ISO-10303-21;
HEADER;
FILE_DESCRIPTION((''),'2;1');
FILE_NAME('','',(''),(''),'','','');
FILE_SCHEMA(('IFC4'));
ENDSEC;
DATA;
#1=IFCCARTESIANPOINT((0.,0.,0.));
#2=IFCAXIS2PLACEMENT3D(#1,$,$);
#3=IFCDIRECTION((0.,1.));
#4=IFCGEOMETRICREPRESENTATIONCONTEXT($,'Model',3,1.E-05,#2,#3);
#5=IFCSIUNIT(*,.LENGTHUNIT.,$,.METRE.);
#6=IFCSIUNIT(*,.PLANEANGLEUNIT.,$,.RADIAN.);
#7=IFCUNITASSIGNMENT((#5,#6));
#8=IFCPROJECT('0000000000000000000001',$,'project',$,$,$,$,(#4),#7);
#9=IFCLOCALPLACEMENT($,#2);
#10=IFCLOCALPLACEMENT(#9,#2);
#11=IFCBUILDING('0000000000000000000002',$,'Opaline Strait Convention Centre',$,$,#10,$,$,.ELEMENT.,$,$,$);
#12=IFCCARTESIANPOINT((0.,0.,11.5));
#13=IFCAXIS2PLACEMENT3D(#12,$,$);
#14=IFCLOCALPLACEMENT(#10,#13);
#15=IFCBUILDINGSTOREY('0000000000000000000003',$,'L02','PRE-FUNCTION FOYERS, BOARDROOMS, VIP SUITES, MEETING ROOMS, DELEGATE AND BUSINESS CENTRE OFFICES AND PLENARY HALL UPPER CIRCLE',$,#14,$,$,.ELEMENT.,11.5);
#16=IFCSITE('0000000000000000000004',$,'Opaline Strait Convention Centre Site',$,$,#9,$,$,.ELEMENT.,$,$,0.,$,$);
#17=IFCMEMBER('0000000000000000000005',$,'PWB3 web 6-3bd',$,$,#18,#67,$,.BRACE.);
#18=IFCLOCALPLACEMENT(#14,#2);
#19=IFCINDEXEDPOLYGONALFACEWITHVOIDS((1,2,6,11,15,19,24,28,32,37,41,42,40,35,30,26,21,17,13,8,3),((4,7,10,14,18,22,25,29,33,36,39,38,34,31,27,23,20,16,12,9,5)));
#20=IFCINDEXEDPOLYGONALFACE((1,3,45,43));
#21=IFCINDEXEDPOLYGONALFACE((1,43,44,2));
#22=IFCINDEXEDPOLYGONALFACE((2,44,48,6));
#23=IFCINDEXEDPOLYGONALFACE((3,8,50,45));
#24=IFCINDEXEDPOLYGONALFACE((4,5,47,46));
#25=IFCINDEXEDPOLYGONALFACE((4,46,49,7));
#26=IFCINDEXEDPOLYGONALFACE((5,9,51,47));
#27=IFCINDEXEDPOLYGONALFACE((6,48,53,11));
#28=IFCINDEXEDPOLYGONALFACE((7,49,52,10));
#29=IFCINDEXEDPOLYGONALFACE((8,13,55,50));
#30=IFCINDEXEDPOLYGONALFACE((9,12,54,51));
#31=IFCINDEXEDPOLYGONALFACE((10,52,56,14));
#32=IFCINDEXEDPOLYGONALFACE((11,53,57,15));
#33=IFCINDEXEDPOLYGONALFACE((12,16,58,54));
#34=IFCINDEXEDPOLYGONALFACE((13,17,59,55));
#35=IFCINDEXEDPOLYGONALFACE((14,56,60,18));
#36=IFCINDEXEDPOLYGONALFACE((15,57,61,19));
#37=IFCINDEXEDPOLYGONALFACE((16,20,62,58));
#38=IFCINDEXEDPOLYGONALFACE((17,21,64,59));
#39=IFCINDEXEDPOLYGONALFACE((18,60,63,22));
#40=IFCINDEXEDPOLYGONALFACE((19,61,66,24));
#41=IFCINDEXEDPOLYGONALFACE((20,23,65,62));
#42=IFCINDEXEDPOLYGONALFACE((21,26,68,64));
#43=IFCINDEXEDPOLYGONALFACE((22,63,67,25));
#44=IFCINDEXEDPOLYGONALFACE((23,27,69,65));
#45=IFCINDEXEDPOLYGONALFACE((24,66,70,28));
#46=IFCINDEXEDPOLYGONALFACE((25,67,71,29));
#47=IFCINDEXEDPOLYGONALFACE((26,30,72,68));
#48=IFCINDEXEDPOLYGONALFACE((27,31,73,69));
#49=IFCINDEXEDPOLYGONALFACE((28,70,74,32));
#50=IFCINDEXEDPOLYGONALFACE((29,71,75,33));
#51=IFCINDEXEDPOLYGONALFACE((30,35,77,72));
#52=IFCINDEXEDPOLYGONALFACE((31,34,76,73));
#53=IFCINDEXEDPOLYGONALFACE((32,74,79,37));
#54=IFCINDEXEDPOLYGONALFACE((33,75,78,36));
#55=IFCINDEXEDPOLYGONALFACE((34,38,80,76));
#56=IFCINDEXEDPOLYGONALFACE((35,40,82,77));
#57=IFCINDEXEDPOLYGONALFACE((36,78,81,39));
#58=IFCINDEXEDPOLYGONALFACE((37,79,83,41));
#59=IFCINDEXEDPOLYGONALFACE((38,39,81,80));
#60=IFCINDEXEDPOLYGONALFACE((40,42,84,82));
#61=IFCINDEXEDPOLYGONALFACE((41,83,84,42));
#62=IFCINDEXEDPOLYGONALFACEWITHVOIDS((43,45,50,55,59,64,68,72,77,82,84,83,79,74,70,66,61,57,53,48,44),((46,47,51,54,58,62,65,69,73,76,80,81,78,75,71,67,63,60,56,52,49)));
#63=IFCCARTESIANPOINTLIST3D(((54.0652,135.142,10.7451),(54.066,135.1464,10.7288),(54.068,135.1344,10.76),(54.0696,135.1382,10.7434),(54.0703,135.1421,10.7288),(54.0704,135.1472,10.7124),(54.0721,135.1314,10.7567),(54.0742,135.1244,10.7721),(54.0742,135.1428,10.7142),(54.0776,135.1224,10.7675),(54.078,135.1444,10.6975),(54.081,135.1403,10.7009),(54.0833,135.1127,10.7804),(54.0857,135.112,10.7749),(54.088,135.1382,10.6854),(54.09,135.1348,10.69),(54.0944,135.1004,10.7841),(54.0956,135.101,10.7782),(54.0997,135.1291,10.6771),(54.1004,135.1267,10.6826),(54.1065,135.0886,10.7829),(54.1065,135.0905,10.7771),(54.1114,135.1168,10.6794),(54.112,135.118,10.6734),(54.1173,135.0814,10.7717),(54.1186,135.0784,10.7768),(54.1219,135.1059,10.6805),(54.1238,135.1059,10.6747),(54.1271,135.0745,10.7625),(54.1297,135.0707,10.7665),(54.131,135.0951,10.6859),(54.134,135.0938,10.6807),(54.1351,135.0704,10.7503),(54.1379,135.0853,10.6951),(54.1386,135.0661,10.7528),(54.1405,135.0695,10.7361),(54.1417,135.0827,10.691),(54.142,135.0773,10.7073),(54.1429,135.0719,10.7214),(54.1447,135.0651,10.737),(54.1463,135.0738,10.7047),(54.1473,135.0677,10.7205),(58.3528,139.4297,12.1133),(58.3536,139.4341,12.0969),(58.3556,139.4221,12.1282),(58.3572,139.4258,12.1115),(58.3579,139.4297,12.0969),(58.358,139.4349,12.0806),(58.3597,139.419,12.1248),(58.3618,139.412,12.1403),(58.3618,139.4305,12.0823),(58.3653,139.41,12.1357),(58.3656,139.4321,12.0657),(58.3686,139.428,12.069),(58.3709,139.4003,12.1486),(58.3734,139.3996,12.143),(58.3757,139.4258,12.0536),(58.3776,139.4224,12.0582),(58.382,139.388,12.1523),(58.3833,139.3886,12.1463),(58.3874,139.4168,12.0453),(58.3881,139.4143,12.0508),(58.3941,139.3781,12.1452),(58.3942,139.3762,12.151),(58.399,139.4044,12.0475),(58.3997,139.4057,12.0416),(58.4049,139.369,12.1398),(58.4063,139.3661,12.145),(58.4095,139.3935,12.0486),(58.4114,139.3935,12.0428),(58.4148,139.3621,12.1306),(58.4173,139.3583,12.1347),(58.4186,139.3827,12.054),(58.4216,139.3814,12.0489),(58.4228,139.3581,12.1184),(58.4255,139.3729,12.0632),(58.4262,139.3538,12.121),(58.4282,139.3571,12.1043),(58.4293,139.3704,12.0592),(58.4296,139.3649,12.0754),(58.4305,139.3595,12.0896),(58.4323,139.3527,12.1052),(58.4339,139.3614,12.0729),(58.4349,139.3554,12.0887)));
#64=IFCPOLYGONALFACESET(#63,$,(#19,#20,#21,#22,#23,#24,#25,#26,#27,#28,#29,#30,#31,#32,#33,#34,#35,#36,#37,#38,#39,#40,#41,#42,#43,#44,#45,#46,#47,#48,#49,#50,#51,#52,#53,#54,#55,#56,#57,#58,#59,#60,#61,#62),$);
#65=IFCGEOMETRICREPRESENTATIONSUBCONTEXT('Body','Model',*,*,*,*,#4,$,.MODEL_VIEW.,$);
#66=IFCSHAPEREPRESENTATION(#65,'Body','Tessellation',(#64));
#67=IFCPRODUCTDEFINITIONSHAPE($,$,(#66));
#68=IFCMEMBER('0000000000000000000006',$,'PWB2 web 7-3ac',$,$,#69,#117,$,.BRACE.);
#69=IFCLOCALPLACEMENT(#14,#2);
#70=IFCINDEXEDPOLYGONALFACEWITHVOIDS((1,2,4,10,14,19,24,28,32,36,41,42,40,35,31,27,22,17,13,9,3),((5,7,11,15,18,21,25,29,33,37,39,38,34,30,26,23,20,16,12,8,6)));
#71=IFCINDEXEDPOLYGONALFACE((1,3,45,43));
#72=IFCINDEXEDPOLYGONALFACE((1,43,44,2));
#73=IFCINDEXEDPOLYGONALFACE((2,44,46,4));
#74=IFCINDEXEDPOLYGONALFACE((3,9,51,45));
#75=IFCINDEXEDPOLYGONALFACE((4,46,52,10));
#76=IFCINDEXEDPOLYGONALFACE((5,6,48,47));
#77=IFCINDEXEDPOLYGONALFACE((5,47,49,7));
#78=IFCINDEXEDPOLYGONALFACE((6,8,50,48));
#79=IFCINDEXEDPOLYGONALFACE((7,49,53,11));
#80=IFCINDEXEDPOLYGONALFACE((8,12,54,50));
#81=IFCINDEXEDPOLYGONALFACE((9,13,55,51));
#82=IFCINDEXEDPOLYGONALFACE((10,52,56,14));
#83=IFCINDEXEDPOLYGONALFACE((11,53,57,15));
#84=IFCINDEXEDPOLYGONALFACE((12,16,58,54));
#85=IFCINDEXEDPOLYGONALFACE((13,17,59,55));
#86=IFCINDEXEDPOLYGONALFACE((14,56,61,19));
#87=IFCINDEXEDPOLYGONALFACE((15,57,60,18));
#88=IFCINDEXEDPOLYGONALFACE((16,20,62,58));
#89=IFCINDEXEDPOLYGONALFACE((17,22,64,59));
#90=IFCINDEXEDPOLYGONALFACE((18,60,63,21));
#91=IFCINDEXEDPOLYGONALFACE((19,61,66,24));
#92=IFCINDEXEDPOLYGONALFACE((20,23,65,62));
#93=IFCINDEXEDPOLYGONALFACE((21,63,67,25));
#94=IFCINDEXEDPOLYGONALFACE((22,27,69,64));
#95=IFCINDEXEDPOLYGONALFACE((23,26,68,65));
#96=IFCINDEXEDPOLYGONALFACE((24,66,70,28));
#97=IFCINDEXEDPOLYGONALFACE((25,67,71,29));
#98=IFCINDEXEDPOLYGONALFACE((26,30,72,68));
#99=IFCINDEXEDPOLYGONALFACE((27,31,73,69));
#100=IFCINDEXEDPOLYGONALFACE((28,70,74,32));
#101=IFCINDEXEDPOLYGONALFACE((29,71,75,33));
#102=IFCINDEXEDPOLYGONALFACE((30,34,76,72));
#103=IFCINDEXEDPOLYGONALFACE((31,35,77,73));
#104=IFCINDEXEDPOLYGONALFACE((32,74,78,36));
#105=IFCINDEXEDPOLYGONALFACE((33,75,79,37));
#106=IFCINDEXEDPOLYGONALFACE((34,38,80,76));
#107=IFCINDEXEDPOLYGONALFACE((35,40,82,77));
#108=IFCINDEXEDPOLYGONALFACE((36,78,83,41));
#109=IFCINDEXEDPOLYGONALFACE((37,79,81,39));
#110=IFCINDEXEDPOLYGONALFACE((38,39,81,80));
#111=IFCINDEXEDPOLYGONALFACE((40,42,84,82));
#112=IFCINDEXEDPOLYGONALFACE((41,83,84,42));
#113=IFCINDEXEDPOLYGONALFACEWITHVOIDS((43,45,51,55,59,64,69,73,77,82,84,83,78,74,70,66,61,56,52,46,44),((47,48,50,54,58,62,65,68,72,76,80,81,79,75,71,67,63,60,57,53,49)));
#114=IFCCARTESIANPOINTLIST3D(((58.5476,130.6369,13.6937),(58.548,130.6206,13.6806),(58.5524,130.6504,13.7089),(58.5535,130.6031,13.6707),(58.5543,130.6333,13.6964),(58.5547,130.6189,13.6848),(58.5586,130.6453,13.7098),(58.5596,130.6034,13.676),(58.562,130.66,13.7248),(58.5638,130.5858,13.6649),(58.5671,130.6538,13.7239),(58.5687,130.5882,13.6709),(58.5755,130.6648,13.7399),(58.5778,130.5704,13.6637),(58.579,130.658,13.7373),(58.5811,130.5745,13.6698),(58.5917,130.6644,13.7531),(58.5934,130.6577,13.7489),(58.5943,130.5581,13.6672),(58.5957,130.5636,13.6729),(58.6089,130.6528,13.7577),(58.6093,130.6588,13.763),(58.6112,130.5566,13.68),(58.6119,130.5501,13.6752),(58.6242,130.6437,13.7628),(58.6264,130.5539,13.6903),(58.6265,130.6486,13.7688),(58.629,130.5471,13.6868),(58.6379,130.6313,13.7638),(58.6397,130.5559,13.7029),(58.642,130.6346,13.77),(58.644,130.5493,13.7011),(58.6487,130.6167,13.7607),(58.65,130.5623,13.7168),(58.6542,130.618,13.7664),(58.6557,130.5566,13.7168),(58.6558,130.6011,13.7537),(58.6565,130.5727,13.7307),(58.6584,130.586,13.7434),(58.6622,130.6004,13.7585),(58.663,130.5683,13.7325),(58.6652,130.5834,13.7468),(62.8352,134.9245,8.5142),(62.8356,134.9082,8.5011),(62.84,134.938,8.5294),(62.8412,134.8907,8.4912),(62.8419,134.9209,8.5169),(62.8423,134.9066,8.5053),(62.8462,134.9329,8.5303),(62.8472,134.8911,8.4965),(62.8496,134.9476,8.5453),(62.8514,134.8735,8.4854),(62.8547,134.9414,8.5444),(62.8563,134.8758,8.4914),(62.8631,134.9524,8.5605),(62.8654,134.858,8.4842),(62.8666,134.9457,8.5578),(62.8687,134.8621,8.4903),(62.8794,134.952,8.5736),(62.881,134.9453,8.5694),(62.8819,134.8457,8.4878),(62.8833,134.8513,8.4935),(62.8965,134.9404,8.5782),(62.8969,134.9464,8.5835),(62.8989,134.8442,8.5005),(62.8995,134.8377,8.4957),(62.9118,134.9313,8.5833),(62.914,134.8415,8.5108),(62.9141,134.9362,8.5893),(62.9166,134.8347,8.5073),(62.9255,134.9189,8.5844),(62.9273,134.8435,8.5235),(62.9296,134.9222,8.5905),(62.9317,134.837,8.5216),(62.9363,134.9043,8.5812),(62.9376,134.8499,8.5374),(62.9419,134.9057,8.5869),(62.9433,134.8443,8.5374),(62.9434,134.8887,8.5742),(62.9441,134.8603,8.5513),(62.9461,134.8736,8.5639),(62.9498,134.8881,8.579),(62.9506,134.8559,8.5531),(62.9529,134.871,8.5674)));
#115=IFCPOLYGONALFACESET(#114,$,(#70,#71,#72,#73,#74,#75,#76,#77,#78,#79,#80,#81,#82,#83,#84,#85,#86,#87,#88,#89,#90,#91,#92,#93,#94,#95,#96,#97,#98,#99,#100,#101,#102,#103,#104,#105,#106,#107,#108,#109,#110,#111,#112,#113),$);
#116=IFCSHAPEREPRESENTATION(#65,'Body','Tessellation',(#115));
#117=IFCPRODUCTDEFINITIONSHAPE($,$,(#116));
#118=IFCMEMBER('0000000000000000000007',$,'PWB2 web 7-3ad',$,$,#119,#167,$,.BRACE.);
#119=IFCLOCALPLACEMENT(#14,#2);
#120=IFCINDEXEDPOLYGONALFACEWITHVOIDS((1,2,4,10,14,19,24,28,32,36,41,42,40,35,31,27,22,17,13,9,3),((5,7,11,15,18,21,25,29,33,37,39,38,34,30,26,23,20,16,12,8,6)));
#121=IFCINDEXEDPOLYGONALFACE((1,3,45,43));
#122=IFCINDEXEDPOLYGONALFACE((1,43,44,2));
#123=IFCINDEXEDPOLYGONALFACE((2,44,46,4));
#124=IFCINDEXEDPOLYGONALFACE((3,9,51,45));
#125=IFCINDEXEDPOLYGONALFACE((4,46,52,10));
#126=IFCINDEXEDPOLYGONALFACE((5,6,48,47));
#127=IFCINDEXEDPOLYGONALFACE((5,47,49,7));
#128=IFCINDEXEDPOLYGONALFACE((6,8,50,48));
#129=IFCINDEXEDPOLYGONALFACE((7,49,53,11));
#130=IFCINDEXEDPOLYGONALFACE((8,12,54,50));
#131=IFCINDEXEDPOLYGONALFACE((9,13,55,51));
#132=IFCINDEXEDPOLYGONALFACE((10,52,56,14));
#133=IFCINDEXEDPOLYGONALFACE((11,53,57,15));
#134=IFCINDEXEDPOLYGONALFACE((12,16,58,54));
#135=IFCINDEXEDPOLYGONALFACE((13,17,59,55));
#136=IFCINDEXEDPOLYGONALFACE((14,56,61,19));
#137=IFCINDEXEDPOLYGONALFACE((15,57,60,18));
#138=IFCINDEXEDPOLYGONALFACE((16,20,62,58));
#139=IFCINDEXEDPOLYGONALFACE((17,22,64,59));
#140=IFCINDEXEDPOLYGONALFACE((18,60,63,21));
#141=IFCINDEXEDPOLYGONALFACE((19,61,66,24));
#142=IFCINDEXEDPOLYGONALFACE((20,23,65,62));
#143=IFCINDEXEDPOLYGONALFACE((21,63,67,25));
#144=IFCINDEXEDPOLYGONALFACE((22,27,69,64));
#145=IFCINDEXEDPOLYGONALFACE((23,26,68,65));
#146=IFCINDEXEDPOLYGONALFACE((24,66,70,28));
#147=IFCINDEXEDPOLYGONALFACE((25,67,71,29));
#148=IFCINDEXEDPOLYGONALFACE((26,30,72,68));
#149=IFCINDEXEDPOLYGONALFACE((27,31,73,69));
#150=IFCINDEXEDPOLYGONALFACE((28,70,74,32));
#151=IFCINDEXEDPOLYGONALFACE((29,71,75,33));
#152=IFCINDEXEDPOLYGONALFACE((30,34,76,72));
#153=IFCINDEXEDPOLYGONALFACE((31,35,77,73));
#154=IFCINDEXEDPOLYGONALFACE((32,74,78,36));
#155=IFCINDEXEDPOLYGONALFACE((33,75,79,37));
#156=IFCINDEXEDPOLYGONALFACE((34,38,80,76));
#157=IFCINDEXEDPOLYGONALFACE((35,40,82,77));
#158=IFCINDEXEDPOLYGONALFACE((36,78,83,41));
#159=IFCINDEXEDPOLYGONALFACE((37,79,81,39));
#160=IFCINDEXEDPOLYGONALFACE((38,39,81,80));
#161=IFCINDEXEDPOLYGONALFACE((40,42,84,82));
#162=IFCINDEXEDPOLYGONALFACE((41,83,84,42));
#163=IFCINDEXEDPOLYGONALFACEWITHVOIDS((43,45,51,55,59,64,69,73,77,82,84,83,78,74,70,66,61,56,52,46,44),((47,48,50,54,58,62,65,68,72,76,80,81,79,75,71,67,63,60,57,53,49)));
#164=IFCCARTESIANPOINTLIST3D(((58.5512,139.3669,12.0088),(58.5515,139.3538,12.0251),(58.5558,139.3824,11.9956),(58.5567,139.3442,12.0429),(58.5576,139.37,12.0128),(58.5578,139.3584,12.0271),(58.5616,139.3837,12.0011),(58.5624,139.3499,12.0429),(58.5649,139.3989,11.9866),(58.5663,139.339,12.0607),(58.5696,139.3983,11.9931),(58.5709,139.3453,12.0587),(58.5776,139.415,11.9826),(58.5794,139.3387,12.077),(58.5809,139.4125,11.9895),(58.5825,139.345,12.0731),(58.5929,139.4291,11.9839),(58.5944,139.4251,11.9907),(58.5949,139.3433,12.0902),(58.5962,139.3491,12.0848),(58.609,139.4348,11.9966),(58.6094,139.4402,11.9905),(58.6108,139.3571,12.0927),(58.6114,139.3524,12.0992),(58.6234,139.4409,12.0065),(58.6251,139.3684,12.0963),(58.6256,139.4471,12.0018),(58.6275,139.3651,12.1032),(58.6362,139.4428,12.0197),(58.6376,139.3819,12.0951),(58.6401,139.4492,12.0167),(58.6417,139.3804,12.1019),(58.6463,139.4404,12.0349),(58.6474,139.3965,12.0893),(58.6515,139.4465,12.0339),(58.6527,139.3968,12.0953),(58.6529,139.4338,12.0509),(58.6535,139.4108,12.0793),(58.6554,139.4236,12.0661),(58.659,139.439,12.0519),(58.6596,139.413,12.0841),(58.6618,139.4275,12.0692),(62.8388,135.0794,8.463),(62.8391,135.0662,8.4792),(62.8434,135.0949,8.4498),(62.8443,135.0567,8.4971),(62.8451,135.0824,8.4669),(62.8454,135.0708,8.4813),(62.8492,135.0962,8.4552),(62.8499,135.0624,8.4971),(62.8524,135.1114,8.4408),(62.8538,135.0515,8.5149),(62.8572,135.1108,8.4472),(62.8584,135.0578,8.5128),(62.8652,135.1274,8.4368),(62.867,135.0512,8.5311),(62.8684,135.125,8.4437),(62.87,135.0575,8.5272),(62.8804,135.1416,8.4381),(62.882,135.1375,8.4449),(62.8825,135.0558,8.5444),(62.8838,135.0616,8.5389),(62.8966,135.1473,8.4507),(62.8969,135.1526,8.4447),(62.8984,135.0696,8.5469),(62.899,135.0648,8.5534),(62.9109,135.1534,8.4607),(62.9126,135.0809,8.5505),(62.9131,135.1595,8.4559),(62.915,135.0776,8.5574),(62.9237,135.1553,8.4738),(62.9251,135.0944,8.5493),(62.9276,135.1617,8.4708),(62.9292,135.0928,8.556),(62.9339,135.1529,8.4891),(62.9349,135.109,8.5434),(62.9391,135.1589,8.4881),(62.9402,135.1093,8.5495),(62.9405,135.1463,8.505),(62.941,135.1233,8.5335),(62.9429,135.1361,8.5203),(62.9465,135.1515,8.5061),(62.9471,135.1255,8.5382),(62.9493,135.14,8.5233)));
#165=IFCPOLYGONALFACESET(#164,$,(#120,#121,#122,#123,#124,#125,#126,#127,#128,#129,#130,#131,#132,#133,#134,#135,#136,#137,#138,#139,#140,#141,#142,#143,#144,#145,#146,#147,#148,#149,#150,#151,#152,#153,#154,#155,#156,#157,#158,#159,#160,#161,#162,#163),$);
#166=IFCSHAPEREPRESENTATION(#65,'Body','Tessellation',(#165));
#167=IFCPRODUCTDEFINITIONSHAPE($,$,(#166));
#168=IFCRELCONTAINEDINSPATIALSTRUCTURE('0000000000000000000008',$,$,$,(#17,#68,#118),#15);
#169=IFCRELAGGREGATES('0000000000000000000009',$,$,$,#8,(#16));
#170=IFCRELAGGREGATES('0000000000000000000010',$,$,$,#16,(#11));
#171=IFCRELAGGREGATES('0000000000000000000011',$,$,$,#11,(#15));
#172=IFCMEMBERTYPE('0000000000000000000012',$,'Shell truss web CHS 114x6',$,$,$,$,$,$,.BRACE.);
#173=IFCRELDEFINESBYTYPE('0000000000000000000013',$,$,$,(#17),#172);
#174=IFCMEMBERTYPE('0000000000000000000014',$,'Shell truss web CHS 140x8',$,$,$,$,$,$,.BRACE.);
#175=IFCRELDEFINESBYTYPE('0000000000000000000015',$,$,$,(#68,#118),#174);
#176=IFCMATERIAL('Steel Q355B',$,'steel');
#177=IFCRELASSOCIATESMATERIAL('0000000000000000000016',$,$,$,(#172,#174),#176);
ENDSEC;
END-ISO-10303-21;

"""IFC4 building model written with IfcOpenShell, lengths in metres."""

from ifc_helpers import new_model, si_unit, direction, frame, origin, origin_2d, place, context, subcontext, project, spatial, hollow_circle, extrude, material, material_profile, profile_set, type_object, element, save


model = new_model("IFC4")

# Units and contexts
model_context = context("Model", 3, precision=1e-05, world=origin(), true_north=direction((0.0, 1.0)))
body_context = subcontext(model_context, "Body", "Model", "MODEL_VIEW")
ifc_project = project(units=[si_unit("LENGTHUNIT", "METRE"), si_unit("PLANEANGLEUNIT", "RADIAN")], contexts=[model_context])

# Site, building, storey
site_placement = place(None, origin())
site = spatial("IfcSite", under=ifc_project, at=site_placement, Name="Opaline Strait Convention Centre Site", CompositionType="ELEMENT", RefElevation=0.0)
building_placement = place(site_placement, origin())
building = spatial("IfcBuilding", under=site, at=building_placement, Name="Opaline Strait Convention Centre", CompositionType="ELEMENT")
storey_placement = place(building_placement, frame((0.0, 0.0, 11.5)))
storey = spatial("IfcBuildingStorey", under=building, at=storey_placement, Name="L02", Description="PRE-FUNCTION FOYERS, BOARDROOMS, VIP SUITES, MEETING ROOMS, DELEGATE AND BUSINESS CENTRE OFFICES AND PLENARY HALL UPPER CIRCLE", CompositionType="ELEMENT", Elevation=11.5)

# Members
ifc_material_1 = material(Name="Steel Q355B", Category="steel")
ifc_material_profile_1 = material_profile(ifc_material_1, hollow_circle(Radius=0.0569, WallThickness=0.0061, at=origin_2d()), Name="CHS 114x6")
ifc_profile_set_1 = profile_set([ifc_material_profile_1], Name="Steel Q355B")
member_type_1 = type_object("IfcMemberType", Name="Shell truss web CHS 114x6", PredefinedType="BRACE", material=ifc_profile_set_1)
member_1_placement = place(storey_placement, frame((54.1062, 135.1062, 10.7288), z_axis=(0.689766, 0.689766, 0.220103), x_axis=(-0.707107, 0.707107, 0.0)))
element("IfcMember", 1, at=member_1_placement, inside=storey, type_object=member_type_1, Name="PWB3 web 6-3bd", PredefinedType="BRACE", context=body_context, shape_type="SweptSolid", body=[
    extrude(hollow_circle(Radius=0.0569, WallThickness=0.0061, at=origin_2d()), origin(), (0.0, 0.0, 1.0), 6.2161),
])
ifc_material_profile_2 = material_profile(ifc_material_1, hollow_circle(Radius=0.0701, WallThickness=0.0081, at=origin_2d()), Name="CHS 140x8")
ifc_profile_set_2 = profile_set([ifc_material_profile_2], Name="Steel Q355B")
member_type_2 = type_object("IfcMemberType", Name="Shell truss web CHS 140x8", PredefinedType="BRACE", material=ifc_profile_set_2)
member_2_placement = place(storey_placement, frame((62.8938, 134.8938, 8.5374), z_axis=(-0.537659, -0.537659, 0.649496), x_axis=(0.707107, -0.707107, 0.0)))
element("IfcMember", 2, at=member_2_placement, inside=storey, type_object=member_type_2, Name="PWB2 web 7-3ac", PredefinedType="BRACE", context=body_context, shape_type="SweptSolid", body=[
    extrude(hollow_circle(Radius=0.0701, WallThickness=0.0081, at=origin_2d()), origin(), (0.0, 0.0, 1.0), 7.9746),
])
member_3_placement = place(storey_placement, frame((62.8938, 135.1062, 8.4971), z_axis=(-0.610398, 0.610398, 0.504807), x_axis=(-0.707107, -0.707107, 0.0)))
element("IfcMember", 3, at=member_3_placement, inside=storey, type_object=member_type_2, Name="PWB2 web 7-3ad", PredefinedType="BRACE", context=body_context, shape_type="SweptSolid", body=[
    extrude(hollow_circle(Radius=0.0701, WallThickness=0.0081, at=origin_2d()), origin(), (0.0, 0.0, 1.0), 7.0242),
])

save(model, "model.ifc")
